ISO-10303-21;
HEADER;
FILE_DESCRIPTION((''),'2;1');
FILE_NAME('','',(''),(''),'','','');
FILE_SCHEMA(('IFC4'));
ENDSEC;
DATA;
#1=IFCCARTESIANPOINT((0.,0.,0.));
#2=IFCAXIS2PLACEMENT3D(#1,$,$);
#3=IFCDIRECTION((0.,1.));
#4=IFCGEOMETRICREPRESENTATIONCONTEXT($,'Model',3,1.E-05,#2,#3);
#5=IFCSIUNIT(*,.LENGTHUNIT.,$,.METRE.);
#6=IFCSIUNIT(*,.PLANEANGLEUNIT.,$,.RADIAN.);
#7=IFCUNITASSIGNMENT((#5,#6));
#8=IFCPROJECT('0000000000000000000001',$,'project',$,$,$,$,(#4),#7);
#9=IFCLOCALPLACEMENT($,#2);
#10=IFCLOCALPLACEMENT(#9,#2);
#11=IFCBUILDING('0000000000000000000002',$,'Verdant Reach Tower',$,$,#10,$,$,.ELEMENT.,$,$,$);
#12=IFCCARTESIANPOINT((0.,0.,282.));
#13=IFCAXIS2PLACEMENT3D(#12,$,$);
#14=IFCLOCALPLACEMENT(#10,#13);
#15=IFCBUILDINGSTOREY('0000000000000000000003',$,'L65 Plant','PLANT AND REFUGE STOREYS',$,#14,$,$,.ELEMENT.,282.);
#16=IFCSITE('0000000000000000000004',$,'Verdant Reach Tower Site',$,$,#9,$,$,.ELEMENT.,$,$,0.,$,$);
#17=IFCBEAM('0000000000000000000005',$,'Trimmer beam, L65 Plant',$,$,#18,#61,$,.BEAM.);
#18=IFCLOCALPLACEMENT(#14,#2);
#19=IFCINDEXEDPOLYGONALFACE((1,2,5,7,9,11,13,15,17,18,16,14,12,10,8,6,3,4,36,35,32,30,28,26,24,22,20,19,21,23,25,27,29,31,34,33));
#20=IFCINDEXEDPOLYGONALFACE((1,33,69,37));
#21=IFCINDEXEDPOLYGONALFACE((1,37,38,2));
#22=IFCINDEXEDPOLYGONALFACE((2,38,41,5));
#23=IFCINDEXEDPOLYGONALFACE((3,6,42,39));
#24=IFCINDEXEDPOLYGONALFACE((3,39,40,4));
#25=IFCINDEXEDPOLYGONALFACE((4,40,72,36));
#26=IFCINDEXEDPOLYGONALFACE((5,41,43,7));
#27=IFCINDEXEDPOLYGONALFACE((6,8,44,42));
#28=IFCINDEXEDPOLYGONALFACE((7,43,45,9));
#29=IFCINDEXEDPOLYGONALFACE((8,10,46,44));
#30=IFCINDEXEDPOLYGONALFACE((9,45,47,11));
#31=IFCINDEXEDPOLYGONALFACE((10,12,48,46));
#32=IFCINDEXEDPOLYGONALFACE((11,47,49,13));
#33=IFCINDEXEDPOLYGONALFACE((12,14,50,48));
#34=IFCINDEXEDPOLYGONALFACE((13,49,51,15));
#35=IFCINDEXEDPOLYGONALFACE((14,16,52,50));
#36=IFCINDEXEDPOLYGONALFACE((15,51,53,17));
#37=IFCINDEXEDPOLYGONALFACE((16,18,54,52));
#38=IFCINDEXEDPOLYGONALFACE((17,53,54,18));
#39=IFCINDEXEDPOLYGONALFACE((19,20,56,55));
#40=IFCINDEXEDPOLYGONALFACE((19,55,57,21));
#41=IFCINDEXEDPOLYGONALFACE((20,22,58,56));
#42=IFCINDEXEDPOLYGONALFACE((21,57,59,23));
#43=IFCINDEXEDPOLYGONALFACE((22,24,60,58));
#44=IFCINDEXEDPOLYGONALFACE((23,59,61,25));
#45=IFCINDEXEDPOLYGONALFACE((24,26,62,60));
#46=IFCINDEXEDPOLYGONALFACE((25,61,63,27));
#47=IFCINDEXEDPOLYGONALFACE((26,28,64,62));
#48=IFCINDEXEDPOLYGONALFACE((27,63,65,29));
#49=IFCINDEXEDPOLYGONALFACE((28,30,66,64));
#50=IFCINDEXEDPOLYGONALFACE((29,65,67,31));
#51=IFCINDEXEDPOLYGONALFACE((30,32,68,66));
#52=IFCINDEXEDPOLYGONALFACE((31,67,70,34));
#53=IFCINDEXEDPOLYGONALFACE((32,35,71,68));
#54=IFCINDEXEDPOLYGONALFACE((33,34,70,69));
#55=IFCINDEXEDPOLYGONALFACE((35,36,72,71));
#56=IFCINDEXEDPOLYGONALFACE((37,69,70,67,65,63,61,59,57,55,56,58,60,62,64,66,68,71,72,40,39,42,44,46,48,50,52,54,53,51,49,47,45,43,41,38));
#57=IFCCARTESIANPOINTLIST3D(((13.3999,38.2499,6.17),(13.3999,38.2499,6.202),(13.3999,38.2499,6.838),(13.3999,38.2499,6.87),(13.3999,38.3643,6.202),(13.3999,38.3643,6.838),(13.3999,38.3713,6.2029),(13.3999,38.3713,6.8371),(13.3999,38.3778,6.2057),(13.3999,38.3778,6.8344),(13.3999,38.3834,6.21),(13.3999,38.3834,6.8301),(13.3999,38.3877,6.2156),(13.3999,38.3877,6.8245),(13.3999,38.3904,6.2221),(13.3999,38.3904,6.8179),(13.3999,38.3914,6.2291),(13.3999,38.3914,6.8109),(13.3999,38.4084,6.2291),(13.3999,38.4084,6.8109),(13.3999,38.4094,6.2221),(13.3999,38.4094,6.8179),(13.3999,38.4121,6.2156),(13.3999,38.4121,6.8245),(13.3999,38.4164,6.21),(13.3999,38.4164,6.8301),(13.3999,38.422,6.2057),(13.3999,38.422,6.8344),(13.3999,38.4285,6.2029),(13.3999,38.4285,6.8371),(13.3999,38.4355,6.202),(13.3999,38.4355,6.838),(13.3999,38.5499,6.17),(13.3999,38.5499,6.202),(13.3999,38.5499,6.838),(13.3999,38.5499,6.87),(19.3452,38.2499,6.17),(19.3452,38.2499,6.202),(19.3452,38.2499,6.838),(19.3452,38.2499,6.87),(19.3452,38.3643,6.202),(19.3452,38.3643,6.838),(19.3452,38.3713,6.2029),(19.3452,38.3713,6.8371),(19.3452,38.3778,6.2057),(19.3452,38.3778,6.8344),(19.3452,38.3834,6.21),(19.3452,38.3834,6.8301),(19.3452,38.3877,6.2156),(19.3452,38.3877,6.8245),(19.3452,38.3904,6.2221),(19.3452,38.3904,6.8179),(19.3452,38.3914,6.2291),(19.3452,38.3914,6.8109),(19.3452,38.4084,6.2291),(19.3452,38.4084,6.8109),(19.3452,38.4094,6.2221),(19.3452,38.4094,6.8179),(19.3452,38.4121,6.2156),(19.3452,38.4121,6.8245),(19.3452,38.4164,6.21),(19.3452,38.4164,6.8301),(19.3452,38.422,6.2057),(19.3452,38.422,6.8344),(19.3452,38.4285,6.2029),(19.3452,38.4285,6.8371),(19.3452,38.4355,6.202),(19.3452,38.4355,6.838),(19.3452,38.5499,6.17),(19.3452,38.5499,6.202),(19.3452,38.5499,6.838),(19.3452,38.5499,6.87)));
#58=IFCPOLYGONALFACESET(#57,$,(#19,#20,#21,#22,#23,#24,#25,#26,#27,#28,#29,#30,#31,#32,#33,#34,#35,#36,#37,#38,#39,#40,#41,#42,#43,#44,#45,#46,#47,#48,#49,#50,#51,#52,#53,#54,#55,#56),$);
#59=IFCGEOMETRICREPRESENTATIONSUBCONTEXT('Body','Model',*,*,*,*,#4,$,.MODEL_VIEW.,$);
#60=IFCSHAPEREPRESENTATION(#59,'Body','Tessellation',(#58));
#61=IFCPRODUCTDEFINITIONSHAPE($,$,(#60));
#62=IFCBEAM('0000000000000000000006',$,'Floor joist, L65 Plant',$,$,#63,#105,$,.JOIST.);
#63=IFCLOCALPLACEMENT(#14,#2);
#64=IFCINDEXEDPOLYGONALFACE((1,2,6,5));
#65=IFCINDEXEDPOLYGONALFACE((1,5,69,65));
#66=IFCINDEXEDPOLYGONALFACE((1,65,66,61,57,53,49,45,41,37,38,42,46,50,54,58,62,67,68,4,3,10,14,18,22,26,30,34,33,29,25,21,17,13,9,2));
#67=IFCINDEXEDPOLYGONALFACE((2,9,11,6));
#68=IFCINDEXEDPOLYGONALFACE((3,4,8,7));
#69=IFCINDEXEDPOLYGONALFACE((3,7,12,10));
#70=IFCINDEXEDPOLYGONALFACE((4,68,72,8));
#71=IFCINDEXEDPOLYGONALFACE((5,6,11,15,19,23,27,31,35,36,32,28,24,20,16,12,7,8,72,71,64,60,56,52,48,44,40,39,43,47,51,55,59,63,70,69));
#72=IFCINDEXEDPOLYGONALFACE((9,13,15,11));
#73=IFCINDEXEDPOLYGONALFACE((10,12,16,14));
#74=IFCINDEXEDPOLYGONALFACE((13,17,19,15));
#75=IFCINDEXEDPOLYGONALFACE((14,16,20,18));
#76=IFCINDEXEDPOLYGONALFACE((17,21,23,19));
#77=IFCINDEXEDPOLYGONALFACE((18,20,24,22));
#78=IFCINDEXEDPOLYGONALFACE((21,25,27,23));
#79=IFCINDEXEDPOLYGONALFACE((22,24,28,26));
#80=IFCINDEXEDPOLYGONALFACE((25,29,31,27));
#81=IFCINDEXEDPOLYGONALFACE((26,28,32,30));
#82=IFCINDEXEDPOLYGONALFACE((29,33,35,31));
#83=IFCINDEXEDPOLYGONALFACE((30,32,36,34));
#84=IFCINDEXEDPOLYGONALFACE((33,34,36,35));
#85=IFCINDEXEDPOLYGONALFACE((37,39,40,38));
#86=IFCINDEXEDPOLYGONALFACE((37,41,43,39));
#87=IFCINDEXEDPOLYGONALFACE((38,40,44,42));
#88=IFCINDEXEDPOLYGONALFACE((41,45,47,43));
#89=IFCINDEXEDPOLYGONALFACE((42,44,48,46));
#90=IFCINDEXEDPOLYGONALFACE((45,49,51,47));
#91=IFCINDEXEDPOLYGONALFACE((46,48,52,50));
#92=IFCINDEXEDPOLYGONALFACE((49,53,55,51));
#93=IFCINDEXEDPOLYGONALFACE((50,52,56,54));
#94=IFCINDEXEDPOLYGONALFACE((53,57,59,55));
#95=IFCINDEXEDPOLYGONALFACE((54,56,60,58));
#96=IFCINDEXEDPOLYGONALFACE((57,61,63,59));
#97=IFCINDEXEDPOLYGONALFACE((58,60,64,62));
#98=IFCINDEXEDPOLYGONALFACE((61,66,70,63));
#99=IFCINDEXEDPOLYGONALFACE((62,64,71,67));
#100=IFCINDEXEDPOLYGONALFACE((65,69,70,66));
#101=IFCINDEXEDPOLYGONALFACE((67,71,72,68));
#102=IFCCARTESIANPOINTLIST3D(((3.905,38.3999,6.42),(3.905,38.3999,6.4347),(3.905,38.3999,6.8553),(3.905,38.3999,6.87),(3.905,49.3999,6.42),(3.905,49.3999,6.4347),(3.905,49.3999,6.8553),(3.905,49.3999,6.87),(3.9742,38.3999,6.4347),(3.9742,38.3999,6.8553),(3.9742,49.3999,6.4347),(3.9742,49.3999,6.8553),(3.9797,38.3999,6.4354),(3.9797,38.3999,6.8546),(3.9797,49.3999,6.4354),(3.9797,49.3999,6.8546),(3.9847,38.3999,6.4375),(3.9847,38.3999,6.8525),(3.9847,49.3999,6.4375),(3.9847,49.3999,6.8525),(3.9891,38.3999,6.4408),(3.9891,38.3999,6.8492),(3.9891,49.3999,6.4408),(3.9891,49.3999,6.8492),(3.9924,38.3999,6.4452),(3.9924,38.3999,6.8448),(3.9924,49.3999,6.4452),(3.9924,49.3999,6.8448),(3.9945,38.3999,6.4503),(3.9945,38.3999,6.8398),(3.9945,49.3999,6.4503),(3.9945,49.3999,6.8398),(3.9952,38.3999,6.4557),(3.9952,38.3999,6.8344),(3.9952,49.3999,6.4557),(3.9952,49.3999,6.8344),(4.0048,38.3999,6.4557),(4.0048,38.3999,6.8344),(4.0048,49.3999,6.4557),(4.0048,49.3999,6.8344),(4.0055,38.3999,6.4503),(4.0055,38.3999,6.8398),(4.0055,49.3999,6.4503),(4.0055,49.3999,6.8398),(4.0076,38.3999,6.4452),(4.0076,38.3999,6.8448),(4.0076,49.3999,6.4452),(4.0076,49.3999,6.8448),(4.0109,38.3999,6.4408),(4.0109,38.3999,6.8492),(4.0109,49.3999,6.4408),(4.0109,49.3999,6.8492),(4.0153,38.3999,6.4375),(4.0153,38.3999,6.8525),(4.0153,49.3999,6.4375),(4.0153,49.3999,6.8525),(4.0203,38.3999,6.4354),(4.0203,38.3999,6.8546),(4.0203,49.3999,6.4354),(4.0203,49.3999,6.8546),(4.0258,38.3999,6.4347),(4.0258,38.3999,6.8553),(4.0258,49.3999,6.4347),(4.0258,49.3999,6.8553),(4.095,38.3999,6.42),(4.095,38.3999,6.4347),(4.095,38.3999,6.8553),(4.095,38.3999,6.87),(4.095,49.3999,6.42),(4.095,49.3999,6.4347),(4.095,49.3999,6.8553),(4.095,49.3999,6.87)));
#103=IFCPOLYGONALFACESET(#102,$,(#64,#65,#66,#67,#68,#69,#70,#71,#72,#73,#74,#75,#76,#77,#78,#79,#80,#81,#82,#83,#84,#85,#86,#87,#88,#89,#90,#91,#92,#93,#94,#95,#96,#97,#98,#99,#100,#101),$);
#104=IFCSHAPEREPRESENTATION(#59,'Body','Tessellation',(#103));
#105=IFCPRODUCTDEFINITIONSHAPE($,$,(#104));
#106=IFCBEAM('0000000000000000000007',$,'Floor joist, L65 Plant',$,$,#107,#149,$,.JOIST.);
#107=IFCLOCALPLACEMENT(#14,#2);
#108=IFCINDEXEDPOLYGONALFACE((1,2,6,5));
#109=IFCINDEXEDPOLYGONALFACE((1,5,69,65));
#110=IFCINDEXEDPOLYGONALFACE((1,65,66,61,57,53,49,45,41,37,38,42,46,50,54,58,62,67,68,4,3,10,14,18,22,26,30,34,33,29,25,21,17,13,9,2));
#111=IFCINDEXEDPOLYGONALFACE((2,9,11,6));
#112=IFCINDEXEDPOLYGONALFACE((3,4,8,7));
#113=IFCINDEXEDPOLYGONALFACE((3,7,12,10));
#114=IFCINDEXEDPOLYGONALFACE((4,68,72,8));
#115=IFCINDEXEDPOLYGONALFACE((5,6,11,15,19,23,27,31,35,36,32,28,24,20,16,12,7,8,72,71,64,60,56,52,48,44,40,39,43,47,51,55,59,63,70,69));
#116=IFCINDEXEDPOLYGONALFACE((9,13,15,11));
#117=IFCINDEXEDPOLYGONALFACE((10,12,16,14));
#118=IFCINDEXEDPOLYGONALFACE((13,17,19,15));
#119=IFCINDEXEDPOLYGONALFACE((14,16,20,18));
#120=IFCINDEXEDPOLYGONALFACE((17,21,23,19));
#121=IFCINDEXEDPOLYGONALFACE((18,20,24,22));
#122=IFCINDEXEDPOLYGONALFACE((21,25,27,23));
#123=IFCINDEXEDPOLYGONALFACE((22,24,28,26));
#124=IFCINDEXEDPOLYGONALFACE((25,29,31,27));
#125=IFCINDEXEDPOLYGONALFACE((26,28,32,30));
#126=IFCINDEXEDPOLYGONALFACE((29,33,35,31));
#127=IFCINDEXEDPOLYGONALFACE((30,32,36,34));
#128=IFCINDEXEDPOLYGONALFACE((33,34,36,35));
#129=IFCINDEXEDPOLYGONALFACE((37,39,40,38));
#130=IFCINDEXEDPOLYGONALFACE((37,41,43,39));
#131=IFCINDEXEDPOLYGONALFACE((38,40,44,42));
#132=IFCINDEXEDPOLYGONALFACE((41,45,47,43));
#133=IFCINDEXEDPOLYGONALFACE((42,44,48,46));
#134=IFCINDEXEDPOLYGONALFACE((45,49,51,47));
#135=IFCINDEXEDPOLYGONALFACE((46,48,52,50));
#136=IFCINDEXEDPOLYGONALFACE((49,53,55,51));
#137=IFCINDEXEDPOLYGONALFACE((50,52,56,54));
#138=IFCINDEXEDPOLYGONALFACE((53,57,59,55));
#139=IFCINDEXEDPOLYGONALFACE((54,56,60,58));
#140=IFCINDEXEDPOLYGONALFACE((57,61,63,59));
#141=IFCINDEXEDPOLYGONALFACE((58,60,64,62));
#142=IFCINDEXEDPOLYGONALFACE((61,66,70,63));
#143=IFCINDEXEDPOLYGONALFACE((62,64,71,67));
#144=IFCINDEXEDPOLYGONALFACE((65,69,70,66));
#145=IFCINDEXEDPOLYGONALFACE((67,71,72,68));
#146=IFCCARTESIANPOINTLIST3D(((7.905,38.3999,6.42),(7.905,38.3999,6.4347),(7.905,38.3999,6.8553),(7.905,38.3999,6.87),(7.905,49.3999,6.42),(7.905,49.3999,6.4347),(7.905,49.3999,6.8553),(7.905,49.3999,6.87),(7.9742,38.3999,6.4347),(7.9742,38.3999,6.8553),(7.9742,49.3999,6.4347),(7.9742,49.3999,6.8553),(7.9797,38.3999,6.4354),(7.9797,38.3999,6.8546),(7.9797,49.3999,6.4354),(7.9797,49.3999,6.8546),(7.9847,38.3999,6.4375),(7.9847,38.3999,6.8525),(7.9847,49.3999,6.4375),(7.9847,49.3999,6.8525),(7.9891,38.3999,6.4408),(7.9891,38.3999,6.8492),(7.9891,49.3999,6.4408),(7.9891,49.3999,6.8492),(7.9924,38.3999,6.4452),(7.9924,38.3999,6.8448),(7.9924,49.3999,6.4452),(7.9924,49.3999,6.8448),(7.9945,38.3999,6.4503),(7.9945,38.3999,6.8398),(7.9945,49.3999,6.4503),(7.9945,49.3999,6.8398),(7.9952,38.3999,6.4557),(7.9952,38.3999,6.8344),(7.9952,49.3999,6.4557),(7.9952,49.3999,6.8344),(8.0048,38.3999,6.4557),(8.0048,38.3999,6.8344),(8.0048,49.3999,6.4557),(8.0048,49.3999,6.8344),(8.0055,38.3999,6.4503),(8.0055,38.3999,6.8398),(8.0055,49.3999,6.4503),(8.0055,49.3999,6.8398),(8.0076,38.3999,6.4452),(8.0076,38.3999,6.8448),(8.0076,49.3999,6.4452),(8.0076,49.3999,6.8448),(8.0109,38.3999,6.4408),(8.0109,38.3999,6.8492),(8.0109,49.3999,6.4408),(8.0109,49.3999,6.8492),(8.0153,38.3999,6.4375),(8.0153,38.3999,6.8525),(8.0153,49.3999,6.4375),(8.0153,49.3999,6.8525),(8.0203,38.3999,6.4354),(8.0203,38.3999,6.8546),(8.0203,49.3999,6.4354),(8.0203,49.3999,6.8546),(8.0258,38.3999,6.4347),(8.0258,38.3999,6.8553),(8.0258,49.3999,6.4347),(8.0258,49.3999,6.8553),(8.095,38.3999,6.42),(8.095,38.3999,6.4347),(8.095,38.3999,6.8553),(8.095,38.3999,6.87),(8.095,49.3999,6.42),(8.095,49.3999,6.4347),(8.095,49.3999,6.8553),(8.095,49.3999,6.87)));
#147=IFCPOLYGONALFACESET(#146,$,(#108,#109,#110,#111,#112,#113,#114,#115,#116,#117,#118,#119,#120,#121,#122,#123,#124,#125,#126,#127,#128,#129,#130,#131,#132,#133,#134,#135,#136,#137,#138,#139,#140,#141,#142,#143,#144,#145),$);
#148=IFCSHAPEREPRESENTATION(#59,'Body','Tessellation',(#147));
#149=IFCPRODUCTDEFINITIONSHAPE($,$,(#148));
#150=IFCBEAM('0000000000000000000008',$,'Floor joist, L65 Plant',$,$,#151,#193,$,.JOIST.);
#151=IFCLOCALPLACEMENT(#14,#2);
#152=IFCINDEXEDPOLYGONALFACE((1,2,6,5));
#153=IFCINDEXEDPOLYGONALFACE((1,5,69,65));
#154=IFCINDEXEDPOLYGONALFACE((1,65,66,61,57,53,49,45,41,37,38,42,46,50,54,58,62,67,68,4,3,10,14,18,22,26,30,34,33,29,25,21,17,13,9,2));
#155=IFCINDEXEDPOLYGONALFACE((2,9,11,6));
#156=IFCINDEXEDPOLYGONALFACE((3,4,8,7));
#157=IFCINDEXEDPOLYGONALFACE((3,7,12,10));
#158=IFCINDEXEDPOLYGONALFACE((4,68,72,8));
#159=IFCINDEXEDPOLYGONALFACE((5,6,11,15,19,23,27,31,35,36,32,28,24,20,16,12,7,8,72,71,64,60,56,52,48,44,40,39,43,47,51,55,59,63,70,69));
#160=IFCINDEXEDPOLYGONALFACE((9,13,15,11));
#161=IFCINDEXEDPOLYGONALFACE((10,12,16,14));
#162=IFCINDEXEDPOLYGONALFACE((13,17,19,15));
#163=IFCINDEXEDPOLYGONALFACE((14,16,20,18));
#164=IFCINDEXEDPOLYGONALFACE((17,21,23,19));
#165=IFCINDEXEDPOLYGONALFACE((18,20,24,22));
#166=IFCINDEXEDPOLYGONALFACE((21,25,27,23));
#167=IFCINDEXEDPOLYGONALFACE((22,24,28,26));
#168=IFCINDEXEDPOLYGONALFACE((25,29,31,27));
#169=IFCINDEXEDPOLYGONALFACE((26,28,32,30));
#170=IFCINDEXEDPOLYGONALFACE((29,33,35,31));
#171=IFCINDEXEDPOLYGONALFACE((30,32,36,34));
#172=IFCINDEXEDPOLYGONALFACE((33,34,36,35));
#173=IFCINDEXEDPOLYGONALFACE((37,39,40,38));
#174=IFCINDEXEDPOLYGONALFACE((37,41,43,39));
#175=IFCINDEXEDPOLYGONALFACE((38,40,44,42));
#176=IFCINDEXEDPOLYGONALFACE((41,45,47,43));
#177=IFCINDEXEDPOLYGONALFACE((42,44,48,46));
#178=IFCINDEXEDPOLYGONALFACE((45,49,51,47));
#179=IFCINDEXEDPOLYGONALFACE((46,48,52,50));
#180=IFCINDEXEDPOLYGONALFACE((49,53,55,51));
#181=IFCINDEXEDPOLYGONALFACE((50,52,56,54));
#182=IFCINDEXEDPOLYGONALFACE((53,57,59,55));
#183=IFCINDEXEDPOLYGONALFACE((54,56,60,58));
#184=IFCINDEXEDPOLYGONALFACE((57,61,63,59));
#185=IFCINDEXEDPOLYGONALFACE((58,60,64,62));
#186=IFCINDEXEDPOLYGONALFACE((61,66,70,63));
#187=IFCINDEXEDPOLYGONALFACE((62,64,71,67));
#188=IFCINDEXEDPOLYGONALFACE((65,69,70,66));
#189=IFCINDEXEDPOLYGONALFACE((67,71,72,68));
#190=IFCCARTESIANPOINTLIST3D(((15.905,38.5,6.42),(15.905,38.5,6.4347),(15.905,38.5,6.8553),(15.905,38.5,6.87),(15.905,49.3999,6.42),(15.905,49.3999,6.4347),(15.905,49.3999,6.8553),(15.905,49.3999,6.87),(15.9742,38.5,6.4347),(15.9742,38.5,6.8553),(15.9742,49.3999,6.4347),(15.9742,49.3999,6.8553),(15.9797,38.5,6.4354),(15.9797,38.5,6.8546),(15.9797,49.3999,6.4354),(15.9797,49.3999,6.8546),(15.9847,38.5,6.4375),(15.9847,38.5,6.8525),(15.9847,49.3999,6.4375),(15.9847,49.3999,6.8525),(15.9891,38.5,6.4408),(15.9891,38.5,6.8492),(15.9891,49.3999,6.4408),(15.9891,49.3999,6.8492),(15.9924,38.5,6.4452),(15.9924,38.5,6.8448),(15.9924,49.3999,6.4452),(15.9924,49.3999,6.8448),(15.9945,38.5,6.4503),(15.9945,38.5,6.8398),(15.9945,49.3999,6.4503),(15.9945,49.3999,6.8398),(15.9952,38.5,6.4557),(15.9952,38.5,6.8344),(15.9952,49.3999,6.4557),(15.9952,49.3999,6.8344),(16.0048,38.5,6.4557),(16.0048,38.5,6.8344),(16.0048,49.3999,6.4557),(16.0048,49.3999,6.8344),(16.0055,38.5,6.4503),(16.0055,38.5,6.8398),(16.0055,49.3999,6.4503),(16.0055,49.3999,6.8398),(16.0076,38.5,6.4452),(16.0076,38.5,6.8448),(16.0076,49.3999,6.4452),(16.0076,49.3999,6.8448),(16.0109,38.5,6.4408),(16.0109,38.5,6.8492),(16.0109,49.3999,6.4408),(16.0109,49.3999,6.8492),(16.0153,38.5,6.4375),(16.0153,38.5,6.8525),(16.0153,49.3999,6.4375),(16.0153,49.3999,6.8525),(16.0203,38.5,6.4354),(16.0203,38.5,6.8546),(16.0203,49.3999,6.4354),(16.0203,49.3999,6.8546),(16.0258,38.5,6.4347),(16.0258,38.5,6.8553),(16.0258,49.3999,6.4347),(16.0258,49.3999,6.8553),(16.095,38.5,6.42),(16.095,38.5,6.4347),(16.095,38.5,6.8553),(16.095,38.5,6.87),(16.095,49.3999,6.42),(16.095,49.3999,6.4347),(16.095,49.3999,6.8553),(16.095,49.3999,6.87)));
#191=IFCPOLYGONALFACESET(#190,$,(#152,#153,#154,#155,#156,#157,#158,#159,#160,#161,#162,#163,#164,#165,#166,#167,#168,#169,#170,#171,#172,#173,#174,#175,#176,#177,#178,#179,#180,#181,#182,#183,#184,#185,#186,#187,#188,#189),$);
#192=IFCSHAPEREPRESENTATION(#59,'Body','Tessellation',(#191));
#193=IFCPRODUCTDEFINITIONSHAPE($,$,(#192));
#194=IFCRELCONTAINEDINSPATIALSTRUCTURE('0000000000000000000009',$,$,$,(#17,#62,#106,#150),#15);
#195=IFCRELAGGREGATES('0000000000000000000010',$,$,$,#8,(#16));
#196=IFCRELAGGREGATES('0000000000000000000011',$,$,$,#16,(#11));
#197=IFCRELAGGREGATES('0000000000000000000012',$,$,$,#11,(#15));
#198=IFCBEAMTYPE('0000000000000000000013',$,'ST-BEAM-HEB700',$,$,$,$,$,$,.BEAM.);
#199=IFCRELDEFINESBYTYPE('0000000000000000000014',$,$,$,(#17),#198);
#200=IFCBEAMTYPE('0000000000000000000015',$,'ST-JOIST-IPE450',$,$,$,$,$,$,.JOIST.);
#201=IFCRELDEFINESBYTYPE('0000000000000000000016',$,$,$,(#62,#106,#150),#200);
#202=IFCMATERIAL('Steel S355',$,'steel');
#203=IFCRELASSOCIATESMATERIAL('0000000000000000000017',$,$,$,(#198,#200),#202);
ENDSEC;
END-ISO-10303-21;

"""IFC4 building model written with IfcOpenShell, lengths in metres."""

from ifc_helpers import new_model, si_unit, direction, frame, origin, origin_2d, place, context, subcontext, project, spatial, i_section, extrude, material, material_profile, profile_set, type_object, element, save


model = new_model("IFC4")

# Units and contexts
model_context = context("Model", 3, precision=1e-05, world=origin(), true_north=direction((0.0, 1.0)))
body_context = subcontext(model_context, "Body", "Model", "MODEL_VIEW")
ifc_project = project(units=[si_unit("LENGTHUNIT", "METRE"), si_unit("PLANEANGLEUNIT", "RADIAN")], contexts=[model_context])

# Site, building, storey
site_placement = place(None, origin())
site = spatial("IfcSite", under=ifc_project, at=site_placement, Name="Verdant Reach Tower Site", CompositionType="ELEMENT", RefElevation=0.0)
building_placement = place(site_placement, origin())
building = spatial("IfcBuilding", under=site, at=building_placement, Name="Verdant Reach Tower", CompositionType="ELEMENT")
storey_placement = place(building_placement, frame((0.0, 0.0, 282.0)))
storey = spatial("IfcBuildingStorey", under=building, at=storey_placement, Name="L65 Plant", Description="PLANT AND REFUGE STOREYS", CompositionType="ELEMENT", Elevation=282.0)

# Beams
ifc_material_1 = material(Name="Steel S355", Category="steel")
ifc_material_profile_1 = material_profile(ifc_material_1, i_section(OverallWidth=0.3, OverallDepth=0.7, WebThickness=0.0171, FlangeThickness=0.032, FilletRadius=0.0271, at=origin_2d()), Name="HEB 700")
ifc_profile_set_1 = profile_set([ifc_material_profile_1], Name="Steel S355")
beam_type_1 = type_object("IfcBeamType", Name="ST-BEAM-HEB700", PredefinedType="BEAM", material=ifc_profile_set_1)
beam_1_placement = place(storey_placement, frame((13.3999, 38.3999, 6.52), z_axis=(1.0, 0.0, 0.0), x_axis=(0.0, 1.0, 0.0)))
element("IfcBeam", 1, at=beam_1_placement, inside=storey, type_object=beam_type_1, Name="Trimmer beam, L65 Plant", PredefinedType="BEAM", context=body_context, shape_type="SweptSolid", body=[
    extrude(i_section(OverallWidth=0.3, OverallDepth=0.7, WebThickness=0.0171, FlangeThickness=0.032, FilletRadius=0.0271, at=origin_2d()), origin(), (0.0, 0.0, 1.0), 5.9453),
])
ifc_material_profile_2 = material_profile(ifc_material_1, i_section(OverallWidth=0.1899, OverallDepth=0.45, WebThickness=0.0095, FlangeThickness=0.0146, FilletRadius=0.021, at=origin_2d()), Name="IPE 450")
ifc_profile_set_2 = profile_set([ifc_material_profile_2], Name="Steel S355")
beam_type_2 = type_object("IfcBeamType", Name="ST-JOIST-IPE450", PredefinedType="JOIST", material=ifc_profile_set_2)
for number, where, z_axis, x_axis, name in (
    (2, (4.0, 38.3999, 6.645), (0.0, 1.0, 0.0), (-1.0, 0.0, 0.0), "Floor joist, L65 Plant"),
    (3, (8.0, 38.3999, 6.645), (0.0, 1.0, 0.0), (-1.0, 0.0, 0.0), "Floor joist, L65 Plant"),
):
    element("IfcBeam", number, at=place(storey_placement, frame(where, z_axis=z_axis, x_axis=x_axis)), inside=storey, type_object=beam_type_2, Name=name, PredefinedType="JOIST", context=body_context, shape_type="SweptSolid", body=[
        extrude(i_section(OverallWidth=0.1899, OverallDepth=0.45, WebThickness=0.0095, FlangeThickness=0.0146, FilletRadius=0.021, at=origin_2d()), origin(), (0.0, 0.0, 1.0), 11.0),
    ])
beam_2_placement = place(storey_placement, frame((16.0, 38.5, 6.645), z_axis=(0.0, 1.0, 0.0), x_axis=(-1.0, 0.0, 0.0)))
element("IfcBeam", 4, at=beam_2_placement, inside=storey, type_object=beam_type_2, Name="Floor joist, L65 Plant", PredefinedType="JOIST", context=body_context, shape_type="SweptSolid", body=[
    extrude(i_section(OverallWidth=0.1899, OverallDepth=0.45, WebThickness=0.0095, FlangeThickness=0.0146, FilletRadius=0.021, at=origin_2d()), origin(), (0.0, 0.0, 1.0), 10.8999),
])

save(model, "model.ifc")
